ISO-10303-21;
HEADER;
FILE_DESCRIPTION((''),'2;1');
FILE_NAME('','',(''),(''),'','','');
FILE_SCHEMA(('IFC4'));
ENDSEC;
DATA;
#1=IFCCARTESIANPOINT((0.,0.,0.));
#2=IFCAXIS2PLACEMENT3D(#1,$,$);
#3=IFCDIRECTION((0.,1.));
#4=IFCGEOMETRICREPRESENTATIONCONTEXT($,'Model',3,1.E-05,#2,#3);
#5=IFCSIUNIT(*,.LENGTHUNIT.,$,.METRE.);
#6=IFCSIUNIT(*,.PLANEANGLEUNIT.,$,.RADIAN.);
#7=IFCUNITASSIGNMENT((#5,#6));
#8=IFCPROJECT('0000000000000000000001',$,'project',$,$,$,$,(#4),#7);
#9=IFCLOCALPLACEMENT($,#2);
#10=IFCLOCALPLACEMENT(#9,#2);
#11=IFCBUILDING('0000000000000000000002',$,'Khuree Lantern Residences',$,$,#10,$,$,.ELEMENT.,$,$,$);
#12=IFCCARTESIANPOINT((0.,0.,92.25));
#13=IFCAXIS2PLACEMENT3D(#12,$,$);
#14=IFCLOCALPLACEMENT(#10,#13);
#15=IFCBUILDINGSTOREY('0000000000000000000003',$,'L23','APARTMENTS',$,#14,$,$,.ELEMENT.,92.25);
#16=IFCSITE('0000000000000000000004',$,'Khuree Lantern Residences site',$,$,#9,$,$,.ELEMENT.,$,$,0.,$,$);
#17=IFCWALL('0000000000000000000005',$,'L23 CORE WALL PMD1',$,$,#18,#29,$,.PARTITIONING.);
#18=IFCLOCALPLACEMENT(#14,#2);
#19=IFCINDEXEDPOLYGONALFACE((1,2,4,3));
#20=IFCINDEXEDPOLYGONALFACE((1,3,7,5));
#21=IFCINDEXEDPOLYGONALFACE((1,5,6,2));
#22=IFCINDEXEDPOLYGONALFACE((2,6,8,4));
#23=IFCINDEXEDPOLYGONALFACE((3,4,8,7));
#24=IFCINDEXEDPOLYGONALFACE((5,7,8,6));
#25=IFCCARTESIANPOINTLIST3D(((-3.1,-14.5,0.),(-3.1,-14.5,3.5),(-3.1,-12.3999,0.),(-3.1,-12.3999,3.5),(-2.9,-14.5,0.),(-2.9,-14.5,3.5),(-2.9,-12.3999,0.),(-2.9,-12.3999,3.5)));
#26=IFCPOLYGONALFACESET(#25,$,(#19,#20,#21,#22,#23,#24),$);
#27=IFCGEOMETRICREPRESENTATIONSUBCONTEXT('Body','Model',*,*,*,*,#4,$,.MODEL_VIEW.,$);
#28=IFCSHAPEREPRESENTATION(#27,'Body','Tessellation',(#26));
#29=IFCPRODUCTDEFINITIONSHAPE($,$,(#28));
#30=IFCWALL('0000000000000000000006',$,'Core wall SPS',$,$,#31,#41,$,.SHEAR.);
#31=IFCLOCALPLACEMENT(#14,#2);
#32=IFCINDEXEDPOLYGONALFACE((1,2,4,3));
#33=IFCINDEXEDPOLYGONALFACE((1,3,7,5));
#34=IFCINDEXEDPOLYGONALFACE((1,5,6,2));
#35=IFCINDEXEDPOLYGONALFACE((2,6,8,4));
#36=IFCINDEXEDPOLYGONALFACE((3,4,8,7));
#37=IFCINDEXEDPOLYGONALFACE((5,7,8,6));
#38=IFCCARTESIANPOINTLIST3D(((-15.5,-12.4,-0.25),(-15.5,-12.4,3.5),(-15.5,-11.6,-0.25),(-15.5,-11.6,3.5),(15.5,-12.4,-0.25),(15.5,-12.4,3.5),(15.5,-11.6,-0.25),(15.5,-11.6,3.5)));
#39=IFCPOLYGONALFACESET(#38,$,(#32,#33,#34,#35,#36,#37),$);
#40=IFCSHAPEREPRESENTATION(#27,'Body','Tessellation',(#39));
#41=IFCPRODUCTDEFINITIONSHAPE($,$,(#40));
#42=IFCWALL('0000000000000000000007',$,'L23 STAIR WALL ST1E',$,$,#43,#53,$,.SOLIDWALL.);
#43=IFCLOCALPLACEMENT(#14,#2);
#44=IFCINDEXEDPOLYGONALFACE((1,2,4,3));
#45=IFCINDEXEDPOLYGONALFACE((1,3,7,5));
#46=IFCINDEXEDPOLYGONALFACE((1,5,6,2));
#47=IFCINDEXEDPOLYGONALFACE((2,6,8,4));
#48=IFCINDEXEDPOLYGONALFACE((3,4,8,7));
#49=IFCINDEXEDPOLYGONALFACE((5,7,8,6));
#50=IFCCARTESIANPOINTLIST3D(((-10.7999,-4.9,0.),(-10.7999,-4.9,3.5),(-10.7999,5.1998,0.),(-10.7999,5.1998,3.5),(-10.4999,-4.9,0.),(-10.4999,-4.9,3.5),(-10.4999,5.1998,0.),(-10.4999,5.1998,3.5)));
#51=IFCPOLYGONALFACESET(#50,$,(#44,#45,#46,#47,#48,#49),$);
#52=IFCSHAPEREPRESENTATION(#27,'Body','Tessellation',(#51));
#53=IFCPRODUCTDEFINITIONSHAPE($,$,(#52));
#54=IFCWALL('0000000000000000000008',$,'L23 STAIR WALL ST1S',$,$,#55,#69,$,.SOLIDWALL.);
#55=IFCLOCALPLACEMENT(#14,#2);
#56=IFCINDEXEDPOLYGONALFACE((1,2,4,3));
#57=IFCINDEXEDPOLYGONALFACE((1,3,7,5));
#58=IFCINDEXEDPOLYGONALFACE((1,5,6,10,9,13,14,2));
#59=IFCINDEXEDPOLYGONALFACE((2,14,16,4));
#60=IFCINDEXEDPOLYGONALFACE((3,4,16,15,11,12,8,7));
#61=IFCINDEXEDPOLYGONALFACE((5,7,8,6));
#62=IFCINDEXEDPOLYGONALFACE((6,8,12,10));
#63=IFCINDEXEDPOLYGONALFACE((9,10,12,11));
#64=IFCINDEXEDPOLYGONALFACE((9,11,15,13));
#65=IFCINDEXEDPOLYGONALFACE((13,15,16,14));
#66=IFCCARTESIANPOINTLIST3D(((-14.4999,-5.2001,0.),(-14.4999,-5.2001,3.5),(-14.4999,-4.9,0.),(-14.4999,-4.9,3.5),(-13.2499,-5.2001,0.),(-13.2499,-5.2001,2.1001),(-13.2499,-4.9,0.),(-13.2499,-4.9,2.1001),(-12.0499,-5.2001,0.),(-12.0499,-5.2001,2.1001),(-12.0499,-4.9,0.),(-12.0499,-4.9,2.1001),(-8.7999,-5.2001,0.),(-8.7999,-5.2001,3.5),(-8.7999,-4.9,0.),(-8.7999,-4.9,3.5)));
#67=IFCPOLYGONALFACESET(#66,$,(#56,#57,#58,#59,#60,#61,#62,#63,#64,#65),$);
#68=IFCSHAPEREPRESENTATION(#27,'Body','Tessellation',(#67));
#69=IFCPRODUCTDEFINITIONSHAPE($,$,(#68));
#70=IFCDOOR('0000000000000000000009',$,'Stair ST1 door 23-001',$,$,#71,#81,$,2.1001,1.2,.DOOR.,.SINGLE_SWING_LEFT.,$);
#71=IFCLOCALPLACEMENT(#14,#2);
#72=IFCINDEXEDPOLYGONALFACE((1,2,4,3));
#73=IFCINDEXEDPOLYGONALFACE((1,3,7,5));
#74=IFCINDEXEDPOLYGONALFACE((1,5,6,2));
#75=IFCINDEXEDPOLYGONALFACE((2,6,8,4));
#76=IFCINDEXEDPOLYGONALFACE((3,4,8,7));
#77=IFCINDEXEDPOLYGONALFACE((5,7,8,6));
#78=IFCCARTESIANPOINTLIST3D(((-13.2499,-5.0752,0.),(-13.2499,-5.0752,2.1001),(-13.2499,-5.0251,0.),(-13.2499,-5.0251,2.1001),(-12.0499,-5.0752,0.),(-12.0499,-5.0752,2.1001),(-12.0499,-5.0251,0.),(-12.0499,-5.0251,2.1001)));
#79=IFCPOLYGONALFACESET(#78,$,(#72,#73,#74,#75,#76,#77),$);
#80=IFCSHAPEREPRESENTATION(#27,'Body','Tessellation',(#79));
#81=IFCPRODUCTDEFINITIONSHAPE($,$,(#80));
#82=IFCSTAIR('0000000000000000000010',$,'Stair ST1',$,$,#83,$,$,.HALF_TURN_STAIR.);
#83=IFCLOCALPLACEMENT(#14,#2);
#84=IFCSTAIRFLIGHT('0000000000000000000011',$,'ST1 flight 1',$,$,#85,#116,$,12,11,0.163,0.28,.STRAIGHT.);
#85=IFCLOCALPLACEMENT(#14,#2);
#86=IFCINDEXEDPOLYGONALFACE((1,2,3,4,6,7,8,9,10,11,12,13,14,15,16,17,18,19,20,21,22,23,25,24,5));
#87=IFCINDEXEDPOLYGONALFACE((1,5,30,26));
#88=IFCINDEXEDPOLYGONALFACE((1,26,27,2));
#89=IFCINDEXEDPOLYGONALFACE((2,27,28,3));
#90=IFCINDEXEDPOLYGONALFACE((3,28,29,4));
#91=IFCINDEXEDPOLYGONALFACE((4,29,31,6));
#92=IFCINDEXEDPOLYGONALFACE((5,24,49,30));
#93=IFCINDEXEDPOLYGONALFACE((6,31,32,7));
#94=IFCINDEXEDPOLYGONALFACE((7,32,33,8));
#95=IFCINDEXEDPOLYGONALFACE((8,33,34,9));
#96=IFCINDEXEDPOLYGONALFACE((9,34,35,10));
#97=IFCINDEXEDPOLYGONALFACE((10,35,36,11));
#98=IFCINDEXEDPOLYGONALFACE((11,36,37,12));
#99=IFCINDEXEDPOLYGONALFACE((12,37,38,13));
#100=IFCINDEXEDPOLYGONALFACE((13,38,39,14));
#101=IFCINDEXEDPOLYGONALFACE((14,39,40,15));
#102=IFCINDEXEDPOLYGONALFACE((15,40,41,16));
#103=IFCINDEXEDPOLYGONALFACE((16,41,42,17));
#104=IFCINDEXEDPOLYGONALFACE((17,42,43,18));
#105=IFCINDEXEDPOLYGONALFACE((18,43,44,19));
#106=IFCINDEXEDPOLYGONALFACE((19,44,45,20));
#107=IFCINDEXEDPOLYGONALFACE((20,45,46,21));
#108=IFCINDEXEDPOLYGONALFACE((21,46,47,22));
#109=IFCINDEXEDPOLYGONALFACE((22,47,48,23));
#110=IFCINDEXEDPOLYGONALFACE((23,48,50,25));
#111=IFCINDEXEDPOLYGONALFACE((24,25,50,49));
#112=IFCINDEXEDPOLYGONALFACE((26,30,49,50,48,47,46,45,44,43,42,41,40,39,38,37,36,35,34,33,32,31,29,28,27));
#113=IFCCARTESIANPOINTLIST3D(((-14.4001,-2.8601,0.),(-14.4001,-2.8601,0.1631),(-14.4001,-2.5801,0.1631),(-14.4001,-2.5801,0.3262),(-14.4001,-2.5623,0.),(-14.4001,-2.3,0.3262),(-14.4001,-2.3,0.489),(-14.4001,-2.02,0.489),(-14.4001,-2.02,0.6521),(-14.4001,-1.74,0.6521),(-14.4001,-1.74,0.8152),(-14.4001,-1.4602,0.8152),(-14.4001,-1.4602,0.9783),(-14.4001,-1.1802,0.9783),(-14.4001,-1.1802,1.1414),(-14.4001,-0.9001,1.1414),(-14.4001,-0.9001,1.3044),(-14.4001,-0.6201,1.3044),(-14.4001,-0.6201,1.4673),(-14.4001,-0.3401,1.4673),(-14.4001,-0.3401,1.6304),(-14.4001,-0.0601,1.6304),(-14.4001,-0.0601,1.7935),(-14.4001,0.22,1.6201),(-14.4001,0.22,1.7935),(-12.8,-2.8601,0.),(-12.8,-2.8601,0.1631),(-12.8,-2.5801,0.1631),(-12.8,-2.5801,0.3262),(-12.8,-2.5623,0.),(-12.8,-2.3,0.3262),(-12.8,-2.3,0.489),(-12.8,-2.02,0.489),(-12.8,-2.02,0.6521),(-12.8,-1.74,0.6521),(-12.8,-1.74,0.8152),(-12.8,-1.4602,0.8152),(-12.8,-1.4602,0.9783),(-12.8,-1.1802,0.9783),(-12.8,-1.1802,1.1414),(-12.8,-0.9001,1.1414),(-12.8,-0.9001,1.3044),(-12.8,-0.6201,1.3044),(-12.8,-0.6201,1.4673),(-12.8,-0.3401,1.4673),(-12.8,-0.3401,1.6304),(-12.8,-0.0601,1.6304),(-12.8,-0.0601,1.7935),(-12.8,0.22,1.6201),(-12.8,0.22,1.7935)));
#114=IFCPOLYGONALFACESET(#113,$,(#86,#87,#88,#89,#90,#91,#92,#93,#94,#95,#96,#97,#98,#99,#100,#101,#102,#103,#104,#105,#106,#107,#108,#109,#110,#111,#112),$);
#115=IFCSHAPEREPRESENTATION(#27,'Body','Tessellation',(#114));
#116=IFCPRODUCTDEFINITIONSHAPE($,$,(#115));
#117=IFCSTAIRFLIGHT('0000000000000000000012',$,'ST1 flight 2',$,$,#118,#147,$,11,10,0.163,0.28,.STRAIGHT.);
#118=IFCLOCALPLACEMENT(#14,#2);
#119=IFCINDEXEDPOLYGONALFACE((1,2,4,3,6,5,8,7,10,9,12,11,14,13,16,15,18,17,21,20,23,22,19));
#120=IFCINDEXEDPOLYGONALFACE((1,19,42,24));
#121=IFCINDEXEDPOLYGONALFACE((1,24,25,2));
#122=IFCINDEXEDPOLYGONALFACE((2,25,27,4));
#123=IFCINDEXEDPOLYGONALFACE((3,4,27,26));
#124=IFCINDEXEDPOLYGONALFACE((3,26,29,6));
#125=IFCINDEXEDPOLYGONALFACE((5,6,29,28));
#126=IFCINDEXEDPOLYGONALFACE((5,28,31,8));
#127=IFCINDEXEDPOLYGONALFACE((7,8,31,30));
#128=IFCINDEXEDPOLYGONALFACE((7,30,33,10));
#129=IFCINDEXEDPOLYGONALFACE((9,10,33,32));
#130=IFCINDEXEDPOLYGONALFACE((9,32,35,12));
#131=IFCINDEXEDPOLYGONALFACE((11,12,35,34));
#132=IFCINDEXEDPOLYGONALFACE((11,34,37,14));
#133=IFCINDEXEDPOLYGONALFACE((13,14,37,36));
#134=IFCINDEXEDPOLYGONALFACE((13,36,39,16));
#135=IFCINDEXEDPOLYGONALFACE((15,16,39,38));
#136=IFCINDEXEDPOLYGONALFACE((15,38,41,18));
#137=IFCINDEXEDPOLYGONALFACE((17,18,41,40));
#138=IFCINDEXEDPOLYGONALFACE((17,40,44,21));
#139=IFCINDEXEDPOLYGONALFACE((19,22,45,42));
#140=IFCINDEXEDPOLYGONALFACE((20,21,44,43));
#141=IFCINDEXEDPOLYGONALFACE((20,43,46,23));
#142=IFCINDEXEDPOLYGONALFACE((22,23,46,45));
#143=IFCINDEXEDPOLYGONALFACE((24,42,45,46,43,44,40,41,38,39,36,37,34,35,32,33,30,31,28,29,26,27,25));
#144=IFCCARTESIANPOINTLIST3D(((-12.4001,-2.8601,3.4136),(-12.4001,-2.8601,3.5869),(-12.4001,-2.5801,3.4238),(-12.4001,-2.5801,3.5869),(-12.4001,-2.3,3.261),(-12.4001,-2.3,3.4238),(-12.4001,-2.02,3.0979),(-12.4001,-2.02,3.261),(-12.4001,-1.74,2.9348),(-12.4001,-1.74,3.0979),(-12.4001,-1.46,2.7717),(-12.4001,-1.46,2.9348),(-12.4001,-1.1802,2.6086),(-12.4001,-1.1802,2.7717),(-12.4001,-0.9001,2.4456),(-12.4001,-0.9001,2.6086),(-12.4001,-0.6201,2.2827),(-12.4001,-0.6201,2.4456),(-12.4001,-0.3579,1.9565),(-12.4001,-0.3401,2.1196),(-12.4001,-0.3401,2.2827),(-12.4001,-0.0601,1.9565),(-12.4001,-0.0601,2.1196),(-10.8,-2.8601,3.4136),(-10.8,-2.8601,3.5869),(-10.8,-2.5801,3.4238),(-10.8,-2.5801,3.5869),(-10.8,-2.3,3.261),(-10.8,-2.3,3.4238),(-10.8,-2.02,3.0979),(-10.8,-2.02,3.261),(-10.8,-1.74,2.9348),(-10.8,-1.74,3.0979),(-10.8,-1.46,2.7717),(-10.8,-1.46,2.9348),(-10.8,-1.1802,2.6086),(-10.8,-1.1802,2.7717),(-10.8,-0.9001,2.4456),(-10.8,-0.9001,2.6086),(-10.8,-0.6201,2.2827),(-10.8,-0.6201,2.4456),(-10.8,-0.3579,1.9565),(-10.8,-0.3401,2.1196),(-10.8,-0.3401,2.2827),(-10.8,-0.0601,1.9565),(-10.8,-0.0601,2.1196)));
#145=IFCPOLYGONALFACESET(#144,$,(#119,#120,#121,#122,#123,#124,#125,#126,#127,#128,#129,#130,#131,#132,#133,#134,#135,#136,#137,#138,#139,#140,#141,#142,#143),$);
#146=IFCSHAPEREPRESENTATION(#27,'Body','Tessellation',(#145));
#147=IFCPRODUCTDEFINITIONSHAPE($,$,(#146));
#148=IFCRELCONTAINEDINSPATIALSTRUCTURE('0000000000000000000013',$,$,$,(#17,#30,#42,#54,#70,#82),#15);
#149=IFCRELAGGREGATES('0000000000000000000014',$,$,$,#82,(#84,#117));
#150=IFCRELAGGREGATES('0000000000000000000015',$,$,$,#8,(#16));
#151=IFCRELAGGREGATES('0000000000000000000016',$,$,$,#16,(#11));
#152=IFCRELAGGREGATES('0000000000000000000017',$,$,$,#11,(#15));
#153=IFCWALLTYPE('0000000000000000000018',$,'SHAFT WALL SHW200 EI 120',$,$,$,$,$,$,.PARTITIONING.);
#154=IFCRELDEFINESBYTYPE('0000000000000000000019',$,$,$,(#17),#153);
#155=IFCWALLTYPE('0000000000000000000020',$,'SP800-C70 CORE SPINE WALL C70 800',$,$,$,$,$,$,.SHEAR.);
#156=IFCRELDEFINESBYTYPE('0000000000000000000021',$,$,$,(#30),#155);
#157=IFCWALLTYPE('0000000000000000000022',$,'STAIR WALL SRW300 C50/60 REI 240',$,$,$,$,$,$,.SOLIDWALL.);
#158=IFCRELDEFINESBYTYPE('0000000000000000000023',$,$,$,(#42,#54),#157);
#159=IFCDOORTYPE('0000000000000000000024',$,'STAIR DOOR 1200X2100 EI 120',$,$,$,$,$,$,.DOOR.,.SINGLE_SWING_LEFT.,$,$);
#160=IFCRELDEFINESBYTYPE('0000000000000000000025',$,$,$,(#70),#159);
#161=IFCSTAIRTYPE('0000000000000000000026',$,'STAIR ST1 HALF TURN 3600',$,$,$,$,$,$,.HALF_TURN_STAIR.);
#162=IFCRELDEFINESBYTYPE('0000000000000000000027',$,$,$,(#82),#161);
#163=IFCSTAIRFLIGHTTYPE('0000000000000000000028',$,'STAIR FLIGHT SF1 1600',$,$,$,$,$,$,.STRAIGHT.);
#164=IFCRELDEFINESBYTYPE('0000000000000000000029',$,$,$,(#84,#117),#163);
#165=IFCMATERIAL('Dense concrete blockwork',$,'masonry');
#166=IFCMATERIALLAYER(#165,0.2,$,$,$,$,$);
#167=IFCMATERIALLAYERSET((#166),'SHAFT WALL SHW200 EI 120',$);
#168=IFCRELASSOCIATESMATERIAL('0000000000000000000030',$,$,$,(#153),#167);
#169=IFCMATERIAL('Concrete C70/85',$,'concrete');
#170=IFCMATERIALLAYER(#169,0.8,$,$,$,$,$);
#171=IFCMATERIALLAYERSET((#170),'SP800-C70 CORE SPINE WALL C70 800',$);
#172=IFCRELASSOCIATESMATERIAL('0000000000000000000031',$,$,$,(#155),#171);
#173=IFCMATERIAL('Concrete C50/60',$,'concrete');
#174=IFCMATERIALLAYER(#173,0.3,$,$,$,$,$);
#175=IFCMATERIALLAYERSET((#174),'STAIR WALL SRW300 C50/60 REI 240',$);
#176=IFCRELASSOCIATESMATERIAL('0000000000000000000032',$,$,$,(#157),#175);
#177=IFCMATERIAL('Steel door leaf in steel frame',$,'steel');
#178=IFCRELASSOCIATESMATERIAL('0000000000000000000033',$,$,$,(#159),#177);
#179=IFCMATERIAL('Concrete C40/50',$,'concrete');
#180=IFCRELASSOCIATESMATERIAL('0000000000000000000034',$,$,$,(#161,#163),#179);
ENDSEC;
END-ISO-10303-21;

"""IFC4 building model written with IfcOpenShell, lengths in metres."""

from ifc_helpers import new_model, si_unit, direction, frame, frame_2d, origin, place, context, subcontext, project, spatial, polyline, rectangle, outline, extrude, material, layer, layer_set, type_object, element, fill, aggregate, save


model = new_model("IFC4")

# Units and contexts
model_context = context("Model", 3, precision=1e-05, world=origin(), true_north=direction((0.0, 1.0)))
body_context = subcontext(model_context, "Body", "Model", "MODEL_VIEW")
ifc_project = project(units=[si_unit("LENGTHUNIT", "METRE"), si_unit("PLANEANGLEUNIT", "RADIAN")], contexts=[model_context])

# Site, building, storey
site_placement = place(None, origin())
site = spatial("IfcSite", under=ifc_project, at=site_placement, Name="Khuree Lantern Residences site", CompositionType="ELEMENT", RefElevation=0.0)
building_placement = place(site_placement, origin())
building = spatial("IfcBuilding", under=site, at=building_placement, Name="Khuree Lantern Residences", CompositionType="ELEMENT")
storey_placement = place(building_placement, frame((0.0, 0.0, 92.25)))
storey = spatial("IfcBuildingStorey", under=building, at=storey_placement, Name="L23", Description="APARTMENTS", CompositionType="ELEMENT", Elevation=92.25)

# Shared definitions
ifc_material_1 = material(Name="Concrete C70/85", Category="concrete")

# Shared definitions
ifc_material_2 = material(Name="Dense concrete blockwork", Category="masonry")

# Shared definitions
ifc_material_3 = material(Name="Steel door leaf in steel frame", Category="steel")

# Walls
ifc_layer_1 = layer(ifc_material_2, 0.2)
ifc_layer_set_1 = layer_set([ifc_layer_1], Name="SHAFT WALL SHW200 EI 120")
wall_type_1 = type_object("IfcWallType", Name="SHAFT WALL SHW200 EI 120", PredefinedType="PARTITIONING", material=ifc_layer_set_1)
wall_1_placement = place(storey_placement, frame((-3.0, -14.5, 0.0), z_axis=(0.0, 0.0, 1.0), x_axis=(0.0, 1.0, 0.0)))
element("IfcWall", 1, at=wall_1_placement, inside=storey, type_object=wall_type_1, Name="L23 CORE WALL PMD1", PredefinedType="PARTITIONING", context=body_context, shape_type="SweptSolid", body=[
    extrude(rectangle(XDim=2.1001, YDim=0.2, at=frame_2d((1.05, 0.0))), origin(), (0.0, 0.0, 1.0), 3.5),
])
ifc_layer_2 = layer(ifc_material_1, 0.8)
ifc_layer_set_2 = layer_set([ifc_layer_2], Name="SP800-C70 CORE SPINE WALL C70 800")
wall_type_2 = type_object("IfcWallType", Name="SP800-C70 CORE SPINE WALL C70 800", PredefinedType="SHEAR", material=ifc_layer_set_2)
wall_2_placement = place(storey_placement, frame((-15.5, -12.0, -0.25), z_axis=(0.0, 0.0, 1.0), x_axis=(1.0, 0.0, 0.0)))
element("IfcWall", 2, at=wall_2_placement, inside=storey, type_object=wall_type_2, Name="Core wall SPS", PredefinedType="SHEAR", context=body_context, shape_type="SweptSolid", body=[
    extrude(rectangle(XDim=31.0, YDim=0.8, at=frame_2d((15.5, 0.0))), origin(), (0.0, 0.0, 1.0), 3.75),
])
ifc_material_4 = material(Name="Concrete C50/60", Category="concrete")
ifc_layer_3 = layer(ifc_material_4, 0.3)
ifc_layer_set_3 = layer_set([ifc_layer_3], Name="STAIR WALL SRW300 C50/60 REI 240")
wall_type_3 = type_object("IfcWallType", Name="STAIR WALL SRW300 C50/60 REI 240", PredefinedType="SOLIDWALL", material=ifc_layer_set_3)
wall_3_placement = place(storey_placement, frame((-10.6499, -4.8999, 0.0), z_axis=(0.0, 0.0, 1.0), x_axis=(0.0, 1.0, 0.0)))
element("IfcWall", 3, at=wall_3_placement, inside=storey, type_object=wall_type_3, Name="L23 STAIR WALL ST1E", PredefinedType="SOLIDWALL", context=body_context, shape_type="SweptSolid", body=[
    extrude(rectangle(XDim=10.0999, YDim=0.3, at=frame_2d((5.0498, 0.0))), origin(), (0.0, 0.0, 1.0), 3.5),
])

# Wall, opening, door
wall_4_placement = place(storey_placement, frame((-14.5, -5.05, 0.0), z_axis=(0.0, 0.0, 1.0), x_axis=(1.0, 0.0, 0.0)))
wall_4 = element("IfcWall", 4, at=wall_4_placement, inside=storey, type_object=wall_type_3, Name="L23 STAIR WALL ST1S", PredefinedType="SOLIDWALL", context=body_context, shape_type="SweptSolid", body=[
    extrude(rectangle(XDim=5.7, YDim=0.3, at=frame_2d((2.8501, 0.0))), origin(), (0.0, 0.0, 1.0), 3.5),
])
opening_1_placement = place(wall_4_placement, frame((1.25, 0.0, 0.0)))
opening_1 = element("IfcOpeningElement", 5, at=opening_1_placement, cuts=wall_4, PredefinedType="OPENING", context=body_context, shape_type="SweptSolid", body=[
    extrude(rectangle(XDim=1.2, YDim=2.1001, at=frame_2d((0.6001, 1.05))), frame((0.0, 0.1602, 0.0), z_axis=(0.0, -1.0, 0.0), x_axis=(1.0, 0.0, 0.0)), (0.0, 0.0, 1.0), 0.3201),
])
door_type_1 = type_object("IfcDoorType", Name="STAIR DOOR 1200X2100 EI 120", OperationType="SINGLE_SWING_LEFT", PredefinedType="DOOR", material=ifc_material_3)
door_1_placement = place(opening_1_placement, origin())
door_1 = element("IfcDoor", 6, at=door_1_placement, inside=storey, type_object=door_type_1, Name="Stair ST1 door 23-001", OperationType="SINGLE_SWING_LEFT", OverallHeight=2.1001, OverallWidth=1.2, PredefinedType="DOOR", context=body_context, shape_type="SweptSolid", body=[
    extrude(rectangle(XDim=1.2, YDim=2.1001, at=frame_2d((0.6001, 1.05))), frame((0.0, 0.0249, 0.0), z_axis=(0.0, -1.0, 0.0), x_axis=(1.0, 0.0, 0.0)), (0.0, 0.0, 1.0), 0.05),
])
fill(opening_1, door_1)

# Stair, stair flights
ifc_material_5 = material(Name="Concrete C40/50", Category="concrete")
stair_type = type_object("IfcStairType", Name="STAIR ST1 HALF TURN 3600", PredefinedType="HALF_TURN_STAIR", material=ifc_material_5)
stair_placement = place(storey_placement, origin())
stair = element("IfcStair", 7, at=stair_placement, inside=storey, type_object=stair_type, Name="Stair ST1", PredefinedType="HALF_TURN_STAIR")
stair_flight_type = type_object("IfcStairFlightType", Name="STAIR FLIGHT SF1 1600", PredefinedType="STRAIGHT", material=ifc_material_5)
stair_flight_1_placement = place(storey_placement, frame((-13.6001, -2.8601, 0.0), z_axis=(0.0, 0.0, 1.0), x_axis=(0.0, 1.0, 0.0)))
stair_flight_1 = element("IfcStairFlight", 8, at=stair_flight_1_placement, type_object=stair_flight_type, Name="ST1 flight 1", NumberOfRisers=12, NumberOfTreads=11, PredefinedType="STRAIGHT", RiserHeight=0.163, TreadLength=0.28, context=body_context, shape_type="SweptSolid", body=[
    extrude(outline(polyline([(0.0, 0.0), (0.0, 0.1631), (0.28, 0.1631), (0.28, 0.3262), (0.5601, 0.3262), (0.5601, 0.489), (0.8401, 0.489), (0.8401, 0.6521), (1.1201, 0.6521), (1.1201, 0.8152), (1.3999, 0.8152), (1.3999, 0.9783), (1.6799, 0.9783), (1.6799, 1.1414), (1.96, 1.1414), (1.96, 1.3044), (2.24, 1.3044), (2.24, 1.4673), (2.52, 1.4673), (2.52, 1.6304), (2.8, 1.6304), (2.8, 1.7935), (3.0801, 1.7935), (3.0801, 1.9565), (3.0801, 1.6201), (0.2979, 0.0), (0.0, 0.0)])), frame((0.0, 0.8, 0.0), z_axis=(0.0, -1.0, 0.0), x_axis=(1.0, 0.0, 0.0)), (0.0, 0.0, 1.0), 1.6001),
])
stair_flight_2_placement = place(storey_placement, frame((-11.6001, -0.0601, 1.9565), z_axis=(0.0, 0.0, 1.0), x_axis=(0.0, -1.0, 0.0)))
stair_flight_2 = element("IfcStairFlight", 9, at=stair_flight_2_placement, type_object=stair_flight_type, Name="ST1 flight 2", NumberOfRisers=11, NumberOfTreads=10, PredefinedType="STRAIGHT", RiserHeight=0.163, TreadLength=0.28, context=body_context, shape_type="SweptSolid", body=[
    extrude(outline(polyline([(0.0, 0.0), (0.0, 0.1631), (0.28, 0.1631), (0.28, 0.3262), (0.5601, 0.3262), (0.5601, 0.489), (0.8401, 0.489), (0.8401, 0.6521), (1.1201, 0.6521), (1.1201, 0.8152), (1.3999, 0.8152), (1.3999, 0.9783), (1.6799, 0.9783), (1.6799, 1.1414), (1.96, 1.1414), (1.96, 1.3044), (2.24, 1.3044), (2.24, 1.4673), (2.52, 1.4673), (2.52, 1.6304), (2.8, 1.6304), (2.8, 1.7935), (2.8, 1.457), (0.2979, 0.0), (0.0, 0.0)])), frame((0.0, 0.8, 0.0), z_axis=(0.0, -1.0, 0.0), x_axis=(1.0, 0.0, 0.0)), (0.0, 0.0, 1.0), 1.6001),
])
aggregate(stair, [stair_flight_1, stair_flight_2])

save(model, "model.ifc")
